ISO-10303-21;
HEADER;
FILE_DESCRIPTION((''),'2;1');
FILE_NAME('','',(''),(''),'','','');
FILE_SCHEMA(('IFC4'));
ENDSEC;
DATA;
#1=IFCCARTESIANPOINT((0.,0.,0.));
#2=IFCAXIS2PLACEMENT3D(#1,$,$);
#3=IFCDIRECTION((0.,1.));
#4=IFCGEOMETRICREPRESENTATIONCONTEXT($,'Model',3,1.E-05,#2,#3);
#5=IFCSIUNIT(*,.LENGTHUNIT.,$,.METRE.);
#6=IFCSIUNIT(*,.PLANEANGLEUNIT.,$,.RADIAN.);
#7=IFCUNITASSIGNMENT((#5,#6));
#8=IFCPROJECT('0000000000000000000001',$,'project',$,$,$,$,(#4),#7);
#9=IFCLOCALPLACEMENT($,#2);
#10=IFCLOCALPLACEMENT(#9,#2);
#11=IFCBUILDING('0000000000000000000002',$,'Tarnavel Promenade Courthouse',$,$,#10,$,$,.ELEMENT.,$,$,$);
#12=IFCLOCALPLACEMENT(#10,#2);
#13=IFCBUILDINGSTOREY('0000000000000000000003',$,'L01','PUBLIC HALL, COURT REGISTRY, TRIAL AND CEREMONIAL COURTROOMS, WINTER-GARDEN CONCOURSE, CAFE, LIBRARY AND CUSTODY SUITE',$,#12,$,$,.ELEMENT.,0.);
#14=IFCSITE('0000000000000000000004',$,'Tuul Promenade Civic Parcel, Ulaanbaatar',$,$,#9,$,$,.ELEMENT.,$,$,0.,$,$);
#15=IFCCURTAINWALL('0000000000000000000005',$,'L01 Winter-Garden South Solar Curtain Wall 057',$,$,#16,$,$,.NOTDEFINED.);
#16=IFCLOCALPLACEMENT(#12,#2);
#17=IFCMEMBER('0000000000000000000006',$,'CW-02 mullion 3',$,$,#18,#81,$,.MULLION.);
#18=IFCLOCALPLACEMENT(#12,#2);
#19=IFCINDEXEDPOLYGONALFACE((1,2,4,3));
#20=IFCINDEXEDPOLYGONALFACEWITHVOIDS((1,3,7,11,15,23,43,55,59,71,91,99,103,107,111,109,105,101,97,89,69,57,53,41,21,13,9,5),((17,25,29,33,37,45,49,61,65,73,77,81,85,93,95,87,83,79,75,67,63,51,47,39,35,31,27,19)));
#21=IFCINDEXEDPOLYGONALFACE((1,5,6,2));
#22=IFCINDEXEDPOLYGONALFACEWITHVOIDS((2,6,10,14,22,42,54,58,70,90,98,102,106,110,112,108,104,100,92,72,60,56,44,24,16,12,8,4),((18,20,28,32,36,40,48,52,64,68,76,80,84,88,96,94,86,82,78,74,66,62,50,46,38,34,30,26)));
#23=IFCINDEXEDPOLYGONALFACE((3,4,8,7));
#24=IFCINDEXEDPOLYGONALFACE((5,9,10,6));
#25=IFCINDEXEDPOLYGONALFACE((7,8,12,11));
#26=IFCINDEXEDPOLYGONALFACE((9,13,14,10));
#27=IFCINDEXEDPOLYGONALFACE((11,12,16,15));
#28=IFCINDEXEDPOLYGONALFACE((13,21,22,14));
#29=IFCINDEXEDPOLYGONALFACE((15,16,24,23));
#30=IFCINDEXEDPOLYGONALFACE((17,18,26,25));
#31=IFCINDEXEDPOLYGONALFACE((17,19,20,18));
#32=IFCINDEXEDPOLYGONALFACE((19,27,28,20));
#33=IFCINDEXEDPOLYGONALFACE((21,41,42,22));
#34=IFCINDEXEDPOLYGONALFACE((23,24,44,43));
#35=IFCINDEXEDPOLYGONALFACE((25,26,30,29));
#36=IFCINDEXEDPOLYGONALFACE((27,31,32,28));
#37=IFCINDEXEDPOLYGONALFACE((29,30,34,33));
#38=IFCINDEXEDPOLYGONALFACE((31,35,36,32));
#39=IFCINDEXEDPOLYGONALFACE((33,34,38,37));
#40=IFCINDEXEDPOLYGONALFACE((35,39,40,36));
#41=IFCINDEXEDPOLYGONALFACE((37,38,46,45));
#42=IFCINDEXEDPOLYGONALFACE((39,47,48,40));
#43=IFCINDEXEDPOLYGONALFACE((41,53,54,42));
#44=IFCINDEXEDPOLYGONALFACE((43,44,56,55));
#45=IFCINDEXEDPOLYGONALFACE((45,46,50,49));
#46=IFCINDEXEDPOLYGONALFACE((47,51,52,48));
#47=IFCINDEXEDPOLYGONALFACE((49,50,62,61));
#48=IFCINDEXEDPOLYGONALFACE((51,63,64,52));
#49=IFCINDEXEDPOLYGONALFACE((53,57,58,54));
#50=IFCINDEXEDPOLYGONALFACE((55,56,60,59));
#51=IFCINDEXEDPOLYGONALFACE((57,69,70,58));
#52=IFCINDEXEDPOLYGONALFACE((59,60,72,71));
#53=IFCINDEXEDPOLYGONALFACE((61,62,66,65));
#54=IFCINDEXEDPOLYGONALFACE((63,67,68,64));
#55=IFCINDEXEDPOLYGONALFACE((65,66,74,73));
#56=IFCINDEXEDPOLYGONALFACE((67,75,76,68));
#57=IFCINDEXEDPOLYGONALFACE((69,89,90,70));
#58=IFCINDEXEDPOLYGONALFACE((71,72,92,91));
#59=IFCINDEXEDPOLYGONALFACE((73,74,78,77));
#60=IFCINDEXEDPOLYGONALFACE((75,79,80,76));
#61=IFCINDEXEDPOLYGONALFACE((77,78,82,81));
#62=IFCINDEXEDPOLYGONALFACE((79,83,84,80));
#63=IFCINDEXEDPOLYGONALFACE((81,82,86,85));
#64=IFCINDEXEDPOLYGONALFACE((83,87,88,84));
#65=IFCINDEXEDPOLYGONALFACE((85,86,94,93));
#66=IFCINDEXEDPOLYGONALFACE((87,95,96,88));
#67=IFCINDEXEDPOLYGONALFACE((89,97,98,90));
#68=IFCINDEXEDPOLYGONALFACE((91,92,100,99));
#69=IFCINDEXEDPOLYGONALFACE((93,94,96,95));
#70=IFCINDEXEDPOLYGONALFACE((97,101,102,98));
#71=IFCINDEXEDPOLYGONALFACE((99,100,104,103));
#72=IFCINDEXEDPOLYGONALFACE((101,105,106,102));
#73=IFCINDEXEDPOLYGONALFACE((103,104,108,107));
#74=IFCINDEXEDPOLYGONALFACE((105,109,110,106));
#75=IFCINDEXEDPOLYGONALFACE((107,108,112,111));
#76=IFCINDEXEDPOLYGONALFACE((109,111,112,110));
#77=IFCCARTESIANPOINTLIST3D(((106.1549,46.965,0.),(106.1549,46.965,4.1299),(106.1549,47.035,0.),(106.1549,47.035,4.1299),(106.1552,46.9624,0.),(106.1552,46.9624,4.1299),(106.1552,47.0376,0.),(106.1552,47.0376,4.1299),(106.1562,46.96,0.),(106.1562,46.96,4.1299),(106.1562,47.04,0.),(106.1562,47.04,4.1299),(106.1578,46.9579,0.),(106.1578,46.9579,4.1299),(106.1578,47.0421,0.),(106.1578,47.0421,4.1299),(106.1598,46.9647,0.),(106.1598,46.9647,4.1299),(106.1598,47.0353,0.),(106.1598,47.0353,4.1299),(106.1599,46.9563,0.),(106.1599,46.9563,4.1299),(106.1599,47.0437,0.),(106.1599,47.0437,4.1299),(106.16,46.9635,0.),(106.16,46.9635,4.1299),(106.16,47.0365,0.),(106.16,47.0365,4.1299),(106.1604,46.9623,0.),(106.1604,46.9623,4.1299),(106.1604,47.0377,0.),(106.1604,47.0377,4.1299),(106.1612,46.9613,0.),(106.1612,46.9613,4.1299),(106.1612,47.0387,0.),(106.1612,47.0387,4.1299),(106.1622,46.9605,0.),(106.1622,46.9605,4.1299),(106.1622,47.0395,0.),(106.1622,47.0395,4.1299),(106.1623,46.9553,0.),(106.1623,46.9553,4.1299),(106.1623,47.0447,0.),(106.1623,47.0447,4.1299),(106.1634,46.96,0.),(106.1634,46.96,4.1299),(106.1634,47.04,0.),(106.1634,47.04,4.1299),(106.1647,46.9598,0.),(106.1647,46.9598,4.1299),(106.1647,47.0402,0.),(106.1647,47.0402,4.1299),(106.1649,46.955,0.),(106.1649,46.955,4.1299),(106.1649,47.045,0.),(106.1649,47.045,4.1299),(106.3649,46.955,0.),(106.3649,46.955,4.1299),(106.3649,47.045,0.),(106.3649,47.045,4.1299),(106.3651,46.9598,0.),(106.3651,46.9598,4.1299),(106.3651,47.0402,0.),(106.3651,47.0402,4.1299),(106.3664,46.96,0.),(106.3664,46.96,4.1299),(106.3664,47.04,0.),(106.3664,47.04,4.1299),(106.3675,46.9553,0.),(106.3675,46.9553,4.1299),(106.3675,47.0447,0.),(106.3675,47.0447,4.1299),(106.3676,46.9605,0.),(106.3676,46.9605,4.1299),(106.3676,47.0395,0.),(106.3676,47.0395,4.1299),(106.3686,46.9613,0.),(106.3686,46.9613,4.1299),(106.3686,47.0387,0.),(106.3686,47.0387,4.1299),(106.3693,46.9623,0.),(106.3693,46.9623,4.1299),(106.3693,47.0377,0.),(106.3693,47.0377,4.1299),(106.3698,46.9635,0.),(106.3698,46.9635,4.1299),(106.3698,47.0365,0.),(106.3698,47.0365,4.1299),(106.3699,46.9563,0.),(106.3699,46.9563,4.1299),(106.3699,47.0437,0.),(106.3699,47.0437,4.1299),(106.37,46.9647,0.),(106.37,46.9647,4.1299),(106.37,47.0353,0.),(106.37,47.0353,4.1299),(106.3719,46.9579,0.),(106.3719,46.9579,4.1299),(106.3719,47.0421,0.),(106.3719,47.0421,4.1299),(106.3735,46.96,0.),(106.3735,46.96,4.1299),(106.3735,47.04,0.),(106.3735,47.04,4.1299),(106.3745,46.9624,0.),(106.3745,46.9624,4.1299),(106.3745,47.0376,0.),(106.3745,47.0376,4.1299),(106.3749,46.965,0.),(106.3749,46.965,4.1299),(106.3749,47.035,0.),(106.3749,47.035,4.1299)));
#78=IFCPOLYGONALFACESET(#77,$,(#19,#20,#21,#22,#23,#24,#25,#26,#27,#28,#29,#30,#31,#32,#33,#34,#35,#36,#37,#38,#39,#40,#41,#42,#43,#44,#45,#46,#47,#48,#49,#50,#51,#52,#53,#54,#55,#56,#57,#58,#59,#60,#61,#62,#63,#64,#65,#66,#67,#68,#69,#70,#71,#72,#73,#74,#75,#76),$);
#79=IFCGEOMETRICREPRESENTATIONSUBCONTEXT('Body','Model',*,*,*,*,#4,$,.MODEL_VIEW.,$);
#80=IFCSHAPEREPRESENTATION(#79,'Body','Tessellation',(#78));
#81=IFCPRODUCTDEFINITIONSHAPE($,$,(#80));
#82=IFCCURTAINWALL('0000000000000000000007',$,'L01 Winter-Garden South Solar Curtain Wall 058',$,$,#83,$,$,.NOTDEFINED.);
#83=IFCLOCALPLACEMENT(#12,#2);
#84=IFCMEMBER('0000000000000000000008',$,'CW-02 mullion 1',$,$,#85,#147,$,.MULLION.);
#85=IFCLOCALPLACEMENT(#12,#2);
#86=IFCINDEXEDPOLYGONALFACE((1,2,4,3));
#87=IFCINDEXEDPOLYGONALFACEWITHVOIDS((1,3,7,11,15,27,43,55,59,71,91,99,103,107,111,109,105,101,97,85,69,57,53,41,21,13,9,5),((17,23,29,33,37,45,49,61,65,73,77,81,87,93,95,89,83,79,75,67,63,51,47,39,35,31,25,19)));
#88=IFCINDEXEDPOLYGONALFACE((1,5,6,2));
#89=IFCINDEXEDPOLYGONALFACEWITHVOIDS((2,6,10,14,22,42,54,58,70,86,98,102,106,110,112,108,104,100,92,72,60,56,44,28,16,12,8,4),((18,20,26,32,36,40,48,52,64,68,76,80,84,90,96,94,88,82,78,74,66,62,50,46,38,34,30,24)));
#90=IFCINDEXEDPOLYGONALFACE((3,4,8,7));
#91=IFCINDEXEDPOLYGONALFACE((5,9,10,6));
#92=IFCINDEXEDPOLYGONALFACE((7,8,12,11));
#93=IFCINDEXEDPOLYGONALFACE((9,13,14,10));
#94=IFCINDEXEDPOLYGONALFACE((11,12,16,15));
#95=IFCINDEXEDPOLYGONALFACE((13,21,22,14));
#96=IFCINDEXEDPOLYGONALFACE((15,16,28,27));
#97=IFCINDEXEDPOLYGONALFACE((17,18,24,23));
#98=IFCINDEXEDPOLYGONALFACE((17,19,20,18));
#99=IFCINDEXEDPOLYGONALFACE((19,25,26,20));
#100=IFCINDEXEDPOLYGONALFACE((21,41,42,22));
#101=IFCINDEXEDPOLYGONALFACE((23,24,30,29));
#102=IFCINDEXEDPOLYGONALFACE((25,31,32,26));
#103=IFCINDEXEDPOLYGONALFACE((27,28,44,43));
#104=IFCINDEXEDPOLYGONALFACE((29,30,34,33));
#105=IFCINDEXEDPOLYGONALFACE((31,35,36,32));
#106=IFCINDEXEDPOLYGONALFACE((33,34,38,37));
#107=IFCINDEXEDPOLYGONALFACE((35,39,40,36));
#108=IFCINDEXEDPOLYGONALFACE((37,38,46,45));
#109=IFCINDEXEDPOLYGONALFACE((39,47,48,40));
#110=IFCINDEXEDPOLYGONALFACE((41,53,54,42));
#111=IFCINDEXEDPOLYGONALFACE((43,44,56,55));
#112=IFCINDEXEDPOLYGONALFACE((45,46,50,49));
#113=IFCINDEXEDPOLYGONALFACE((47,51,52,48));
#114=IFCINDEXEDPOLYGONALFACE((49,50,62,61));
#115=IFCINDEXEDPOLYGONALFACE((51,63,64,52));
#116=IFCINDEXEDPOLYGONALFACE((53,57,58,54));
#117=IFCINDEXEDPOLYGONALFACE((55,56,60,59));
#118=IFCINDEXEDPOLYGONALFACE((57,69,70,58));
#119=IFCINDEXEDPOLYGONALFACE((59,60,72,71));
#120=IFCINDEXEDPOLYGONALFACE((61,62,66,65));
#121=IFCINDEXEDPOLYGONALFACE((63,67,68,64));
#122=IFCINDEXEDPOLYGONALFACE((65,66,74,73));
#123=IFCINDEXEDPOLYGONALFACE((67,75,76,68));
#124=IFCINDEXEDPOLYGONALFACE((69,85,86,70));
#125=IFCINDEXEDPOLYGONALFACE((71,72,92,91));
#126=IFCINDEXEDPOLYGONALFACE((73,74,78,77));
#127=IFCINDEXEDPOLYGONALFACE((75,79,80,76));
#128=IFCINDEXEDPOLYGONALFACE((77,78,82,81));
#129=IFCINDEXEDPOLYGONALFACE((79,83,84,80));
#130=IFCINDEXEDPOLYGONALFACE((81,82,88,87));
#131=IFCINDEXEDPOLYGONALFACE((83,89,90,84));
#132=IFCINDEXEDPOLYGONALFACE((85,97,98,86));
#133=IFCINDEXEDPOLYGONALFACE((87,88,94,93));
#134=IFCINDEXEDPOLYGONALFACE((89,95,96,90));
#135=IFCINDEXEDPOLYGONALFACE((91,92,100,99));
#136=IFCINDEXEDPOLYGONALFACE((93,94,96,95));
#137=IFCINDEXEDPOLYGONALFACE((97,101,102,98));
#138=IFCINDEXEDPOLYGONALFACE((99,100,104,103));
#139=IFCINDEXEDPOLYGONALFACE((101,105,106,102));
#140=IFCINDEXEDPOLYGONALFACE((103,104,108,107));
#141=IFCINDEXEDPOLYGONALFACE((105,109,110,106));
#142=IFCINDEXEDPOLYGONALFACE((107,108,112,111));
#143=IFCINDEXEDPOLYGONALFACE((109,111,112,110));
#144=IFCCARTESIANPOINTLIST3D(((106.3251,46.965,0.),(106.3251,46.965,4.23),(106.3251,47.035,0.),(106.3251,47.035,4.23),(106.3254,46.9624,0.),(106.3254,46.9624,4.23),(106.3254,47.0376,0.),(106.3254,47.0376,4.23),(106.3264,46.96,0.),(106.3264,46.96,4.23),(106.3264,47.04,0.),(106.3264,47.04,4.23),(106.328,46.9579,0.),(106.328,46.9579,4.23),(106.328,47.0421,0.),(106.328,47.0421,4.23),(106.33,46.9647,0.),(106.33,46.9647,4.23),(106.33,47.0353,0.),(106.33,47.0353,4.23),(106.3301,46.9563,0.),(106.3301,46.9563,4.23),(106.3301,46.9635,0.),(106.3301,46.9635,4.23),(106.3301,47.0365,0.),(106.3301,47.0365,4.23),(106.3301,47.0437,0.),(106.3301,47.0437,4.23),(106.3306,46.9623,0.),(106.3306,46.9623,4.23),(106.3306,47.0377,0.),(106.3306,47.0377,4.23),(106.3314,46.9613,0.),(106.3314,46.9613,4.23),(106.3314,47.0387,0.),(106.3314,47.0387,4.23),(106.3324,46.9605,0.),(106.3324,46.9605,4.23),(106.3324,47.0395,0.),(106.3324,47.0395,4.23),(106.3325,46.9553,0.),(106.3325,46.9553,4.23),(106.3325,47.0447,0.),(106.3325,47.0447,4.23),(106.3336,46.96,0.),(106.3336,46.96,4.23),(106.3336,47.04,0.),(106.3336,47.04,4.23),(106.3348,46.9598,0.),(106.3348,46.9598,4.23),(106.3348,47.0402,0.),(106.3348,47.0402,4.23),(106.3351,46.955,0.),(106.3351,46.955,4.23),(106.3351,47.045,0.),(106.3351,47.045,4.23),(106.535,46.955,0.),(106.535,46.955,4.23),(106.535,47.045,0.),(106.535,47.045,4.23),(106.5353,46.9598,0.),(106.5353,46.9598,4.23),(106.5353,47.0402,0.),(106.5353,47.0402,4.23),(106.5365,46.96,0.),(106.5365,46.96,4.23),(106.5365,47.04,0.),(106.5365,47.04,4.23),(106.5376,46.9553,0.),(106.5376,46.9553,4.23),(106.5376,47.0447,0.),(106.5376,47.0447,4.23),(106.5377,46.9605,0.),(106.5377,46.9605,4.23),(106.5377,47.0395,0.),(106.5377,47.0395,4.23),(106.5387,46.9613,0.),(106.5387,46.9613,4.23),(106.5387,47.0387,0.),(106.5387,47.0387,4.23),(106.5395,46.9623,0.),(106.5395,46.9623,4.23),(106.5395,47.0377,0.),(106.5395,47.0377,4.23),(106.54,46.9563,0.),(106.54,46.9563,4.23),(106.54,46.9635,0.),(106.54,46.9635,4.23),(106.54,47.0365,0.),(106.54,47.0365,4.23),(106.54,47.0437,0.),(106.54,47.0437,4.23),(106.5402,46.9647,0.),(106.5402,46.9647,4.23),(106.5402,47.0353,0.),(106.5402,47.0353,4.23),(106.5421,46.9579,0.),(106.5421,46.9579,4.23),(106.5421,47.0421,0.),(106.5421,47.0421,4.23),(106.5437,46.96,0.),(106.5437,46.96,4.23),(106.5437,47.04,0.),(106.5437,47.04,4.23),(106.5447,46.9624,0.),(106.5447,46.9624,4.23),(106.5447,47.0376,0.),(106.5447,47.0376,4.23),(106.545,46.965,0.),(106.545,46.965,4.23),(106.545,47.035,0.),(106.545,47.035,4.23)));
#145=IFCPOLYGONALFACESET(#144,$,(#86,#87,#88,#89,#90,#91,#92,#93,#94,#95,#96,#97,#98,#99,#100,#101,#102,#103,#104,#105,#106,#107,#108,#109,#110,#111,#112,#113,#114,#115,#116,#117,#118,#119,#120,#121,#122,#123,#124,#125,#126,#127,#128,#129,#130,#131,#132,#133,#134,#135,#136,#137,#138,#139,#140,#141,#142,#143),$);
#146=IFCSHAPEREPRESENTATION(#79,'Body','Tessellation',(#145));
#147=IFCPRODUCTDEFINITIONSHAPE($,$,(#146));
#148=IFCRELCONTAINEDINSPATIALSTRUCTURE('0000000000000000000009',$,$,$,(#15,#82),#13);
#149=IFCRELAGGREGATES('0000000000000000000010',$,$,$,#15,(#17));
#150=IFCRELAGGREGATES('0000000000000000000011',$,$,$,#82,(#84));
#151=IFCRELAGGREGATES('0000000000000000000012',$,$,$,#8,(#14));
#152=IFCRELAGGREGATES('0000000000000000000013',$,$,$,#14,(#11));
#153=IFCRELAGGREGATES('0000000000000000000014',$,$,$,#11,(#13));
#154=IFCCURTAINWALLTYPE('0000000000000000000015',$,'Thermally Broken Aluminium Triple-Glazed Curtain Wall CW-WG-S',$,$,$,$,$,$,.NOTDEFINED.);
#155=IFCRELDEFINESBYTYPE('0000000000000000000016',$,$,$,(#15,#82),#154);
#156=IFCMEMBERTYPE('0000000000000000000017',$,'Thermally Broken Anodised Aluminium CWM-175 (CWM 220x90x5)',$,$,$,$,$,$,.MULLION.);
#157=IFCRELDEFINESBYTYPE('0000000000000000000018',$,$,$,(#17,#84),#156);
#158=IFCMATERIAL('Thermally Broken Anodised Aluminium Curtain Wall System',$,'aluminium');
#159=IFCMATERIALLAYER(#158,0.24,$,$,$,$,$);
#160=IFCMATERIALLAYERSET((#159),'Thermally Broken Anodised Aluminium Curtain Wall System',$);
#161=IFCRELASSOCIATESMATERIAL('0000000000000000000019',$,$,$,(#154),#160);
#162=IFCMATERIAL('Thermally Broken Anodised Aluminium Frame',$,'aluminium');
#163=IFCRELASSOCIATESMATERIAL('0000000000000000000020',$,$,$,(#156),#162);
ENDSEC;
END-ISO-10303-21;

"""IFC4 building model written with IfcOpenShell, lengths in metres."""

from ifc_helpers import new_model, si_unit, direction, frame, origin, origin_2d, place, context, subcontext, project, spatial, hollow_rectangle, extrude, material, layer, layer_set, material_profile, profile_set, type_object, element, aggregate, save


model = new_model("IFC4")

# Units and contexts
model_context = context("Model", 3, precision=1e-05, world=origin(), true_north=direction((0.0, 1.0)))
body_context = subcontext(model_context, "Body", "Model", "MODEL_VIEW")
ifc_project = project(units=[si_unit("LENGTHUNIT", "METRE"), si_unit("PLANEANGLEUNIT", "RADIAN")], contexts=[model_context])

# Site, building, storey
site_placement = place(None, origin())
site = spatial("IfcSite", under=ifc_project, at=site_placement, Name="Tuul Promenade Civic Parcel, Ulaanbaatar", CompositionType="ELEMENT", RefElevation=0.0)
building_placement = place(site_placement, origin())
building = spatial("IfcBuilding", under=site, at=building_placement, Name="Tarnavel Promenade Courthouse", CompositionType="ELEMENT")
storey_placement = place(building_placement, origin())
storey = spatial("IfcBuildingStorey", under=building, at=storey_placement, Name="L01", Description="PUBLIC HALL, COURT REGISTRY, TRIAL AND CEREMONIAL COURTROOMS, WINTER-GARDEN CONCOURSE, CAFE, LIBRARY AND CUSTODY SUITE", CompositionType="ELEMENT", Elevation=0.0)

# Curtain wall, member
ifc_material_1 = material(Name="Thermally Broken Anodised Aluminium Curtain Wall System", Category="aluminium")
ifc_layer_1 = layer(ifc_material_1, 0.24)
ifc_layer_set_1 = layer_set([ifc_layer_1], Name="Thermally Broken Anodised Aluminium Curtain Wall System")
curtain_wall_type = type_object("IfcCurtainWallType", Name="Thermally Broken Aluminium Triple-Glazed Curtain Wall CW-WG-S", PredefinedType="NOTDEFINED", material=ifc_layer_set_1)
curtain_wall_1_placement = place(storey_placement, origin())
curtain_wall_1 = element("IfcCurtainWall", 1, at=curtain_wall_1_placement, inside=storey, type_object=curtain_wall_type, Name="L01 Winter-Garden South Solar Curtain Wall 057", PredefinedType="NOTDEFINED")
ifc_material_2 = material(Name="Thermally Broken Anodised Aluminium Frame", Category="aluminium")
ifc_material_profile_1 = material_profile(ifc_material_2, hollow_rectangle(XDim=0.0901, YDim=0.22, WallThickness=0.0049, InnerFilletRadius=0.0049, OuterFilletRadius=0.01, at=origin_2d()), Name="CWM 220x90x5")
ifc_profile_set_1 = profile_set([ifc_material_profile_1], Name="Thermally Broken Anodised Aluminium Frame")
member_type_1 = type_object("IfcMemberType", Name="Thermally Broken Anodised Aluminium CWM-175 (CWM 220x90x5)", PredefinedType="MULLION", material=ifc_profile_set_1)
member_1_placement = place(storey_placement, frame((106.2649, 47.0, 0.0), z_axis=(0.0, 0.0, 1.0), x_axis=(0.0, 1.0, 0.0)))
member_1 = element("IfcMember", 2, at=member_1_placement, type_object=member_type_1, Name="CW-02 mullion 3", PredefinedType="MULLION", context=body_context, shape_type="SweptSolid", body=[
    extrude(hollow_rectangle(XDim=0.0901, YDim=0.22, WallThickness=0.0049, InnerFilletRadius=0.0049, OuterFilletRadius=0.01, at=origin_2d()), origin(), (0.0, 0.0, 1.0), 4.1299),
])

# Curtain wall, member
curtain_wall_2_placement = place(storey_placement, origin())
curtain_wall_2 = element("IfcCurtainWall", 3, at=curtain_wall_2_placement, inside=storey, type_object=curtain_wall_type, Name="L01 Winter-Garden South Solar Curtain Wall 058", PredefinedType="NOTDEFINED")
member_2_placement = place(storey_placement, frame((106.4351, 47.0, 0.0), z_axis=(0.0, 0.0, 1.0), x_axis=(0.0, 1.0, 0.0)))
member_2 = element("IfcMember", 4, at=member_2_placement, type_object=member_type_1, Name="CW-02 mullion 1", PredefinedType="MULLION", context=body_context, shape_type="SweptSolid", body=[
    extrude(hollow_rectangle(XDim=0.0901, YDim=0.22, WallThickness=0.0049, InnerFilletRadius=0.0049, OuterFilletRadius=0.01, at=origin_2d()), origin(), (0.0, 0.0, 1.0), 4.23),
])

aggregate(curtain_wall_1, [member_1])
aggregate(curtain_wall_2, [member_2])

save(model, "model.ifc")
